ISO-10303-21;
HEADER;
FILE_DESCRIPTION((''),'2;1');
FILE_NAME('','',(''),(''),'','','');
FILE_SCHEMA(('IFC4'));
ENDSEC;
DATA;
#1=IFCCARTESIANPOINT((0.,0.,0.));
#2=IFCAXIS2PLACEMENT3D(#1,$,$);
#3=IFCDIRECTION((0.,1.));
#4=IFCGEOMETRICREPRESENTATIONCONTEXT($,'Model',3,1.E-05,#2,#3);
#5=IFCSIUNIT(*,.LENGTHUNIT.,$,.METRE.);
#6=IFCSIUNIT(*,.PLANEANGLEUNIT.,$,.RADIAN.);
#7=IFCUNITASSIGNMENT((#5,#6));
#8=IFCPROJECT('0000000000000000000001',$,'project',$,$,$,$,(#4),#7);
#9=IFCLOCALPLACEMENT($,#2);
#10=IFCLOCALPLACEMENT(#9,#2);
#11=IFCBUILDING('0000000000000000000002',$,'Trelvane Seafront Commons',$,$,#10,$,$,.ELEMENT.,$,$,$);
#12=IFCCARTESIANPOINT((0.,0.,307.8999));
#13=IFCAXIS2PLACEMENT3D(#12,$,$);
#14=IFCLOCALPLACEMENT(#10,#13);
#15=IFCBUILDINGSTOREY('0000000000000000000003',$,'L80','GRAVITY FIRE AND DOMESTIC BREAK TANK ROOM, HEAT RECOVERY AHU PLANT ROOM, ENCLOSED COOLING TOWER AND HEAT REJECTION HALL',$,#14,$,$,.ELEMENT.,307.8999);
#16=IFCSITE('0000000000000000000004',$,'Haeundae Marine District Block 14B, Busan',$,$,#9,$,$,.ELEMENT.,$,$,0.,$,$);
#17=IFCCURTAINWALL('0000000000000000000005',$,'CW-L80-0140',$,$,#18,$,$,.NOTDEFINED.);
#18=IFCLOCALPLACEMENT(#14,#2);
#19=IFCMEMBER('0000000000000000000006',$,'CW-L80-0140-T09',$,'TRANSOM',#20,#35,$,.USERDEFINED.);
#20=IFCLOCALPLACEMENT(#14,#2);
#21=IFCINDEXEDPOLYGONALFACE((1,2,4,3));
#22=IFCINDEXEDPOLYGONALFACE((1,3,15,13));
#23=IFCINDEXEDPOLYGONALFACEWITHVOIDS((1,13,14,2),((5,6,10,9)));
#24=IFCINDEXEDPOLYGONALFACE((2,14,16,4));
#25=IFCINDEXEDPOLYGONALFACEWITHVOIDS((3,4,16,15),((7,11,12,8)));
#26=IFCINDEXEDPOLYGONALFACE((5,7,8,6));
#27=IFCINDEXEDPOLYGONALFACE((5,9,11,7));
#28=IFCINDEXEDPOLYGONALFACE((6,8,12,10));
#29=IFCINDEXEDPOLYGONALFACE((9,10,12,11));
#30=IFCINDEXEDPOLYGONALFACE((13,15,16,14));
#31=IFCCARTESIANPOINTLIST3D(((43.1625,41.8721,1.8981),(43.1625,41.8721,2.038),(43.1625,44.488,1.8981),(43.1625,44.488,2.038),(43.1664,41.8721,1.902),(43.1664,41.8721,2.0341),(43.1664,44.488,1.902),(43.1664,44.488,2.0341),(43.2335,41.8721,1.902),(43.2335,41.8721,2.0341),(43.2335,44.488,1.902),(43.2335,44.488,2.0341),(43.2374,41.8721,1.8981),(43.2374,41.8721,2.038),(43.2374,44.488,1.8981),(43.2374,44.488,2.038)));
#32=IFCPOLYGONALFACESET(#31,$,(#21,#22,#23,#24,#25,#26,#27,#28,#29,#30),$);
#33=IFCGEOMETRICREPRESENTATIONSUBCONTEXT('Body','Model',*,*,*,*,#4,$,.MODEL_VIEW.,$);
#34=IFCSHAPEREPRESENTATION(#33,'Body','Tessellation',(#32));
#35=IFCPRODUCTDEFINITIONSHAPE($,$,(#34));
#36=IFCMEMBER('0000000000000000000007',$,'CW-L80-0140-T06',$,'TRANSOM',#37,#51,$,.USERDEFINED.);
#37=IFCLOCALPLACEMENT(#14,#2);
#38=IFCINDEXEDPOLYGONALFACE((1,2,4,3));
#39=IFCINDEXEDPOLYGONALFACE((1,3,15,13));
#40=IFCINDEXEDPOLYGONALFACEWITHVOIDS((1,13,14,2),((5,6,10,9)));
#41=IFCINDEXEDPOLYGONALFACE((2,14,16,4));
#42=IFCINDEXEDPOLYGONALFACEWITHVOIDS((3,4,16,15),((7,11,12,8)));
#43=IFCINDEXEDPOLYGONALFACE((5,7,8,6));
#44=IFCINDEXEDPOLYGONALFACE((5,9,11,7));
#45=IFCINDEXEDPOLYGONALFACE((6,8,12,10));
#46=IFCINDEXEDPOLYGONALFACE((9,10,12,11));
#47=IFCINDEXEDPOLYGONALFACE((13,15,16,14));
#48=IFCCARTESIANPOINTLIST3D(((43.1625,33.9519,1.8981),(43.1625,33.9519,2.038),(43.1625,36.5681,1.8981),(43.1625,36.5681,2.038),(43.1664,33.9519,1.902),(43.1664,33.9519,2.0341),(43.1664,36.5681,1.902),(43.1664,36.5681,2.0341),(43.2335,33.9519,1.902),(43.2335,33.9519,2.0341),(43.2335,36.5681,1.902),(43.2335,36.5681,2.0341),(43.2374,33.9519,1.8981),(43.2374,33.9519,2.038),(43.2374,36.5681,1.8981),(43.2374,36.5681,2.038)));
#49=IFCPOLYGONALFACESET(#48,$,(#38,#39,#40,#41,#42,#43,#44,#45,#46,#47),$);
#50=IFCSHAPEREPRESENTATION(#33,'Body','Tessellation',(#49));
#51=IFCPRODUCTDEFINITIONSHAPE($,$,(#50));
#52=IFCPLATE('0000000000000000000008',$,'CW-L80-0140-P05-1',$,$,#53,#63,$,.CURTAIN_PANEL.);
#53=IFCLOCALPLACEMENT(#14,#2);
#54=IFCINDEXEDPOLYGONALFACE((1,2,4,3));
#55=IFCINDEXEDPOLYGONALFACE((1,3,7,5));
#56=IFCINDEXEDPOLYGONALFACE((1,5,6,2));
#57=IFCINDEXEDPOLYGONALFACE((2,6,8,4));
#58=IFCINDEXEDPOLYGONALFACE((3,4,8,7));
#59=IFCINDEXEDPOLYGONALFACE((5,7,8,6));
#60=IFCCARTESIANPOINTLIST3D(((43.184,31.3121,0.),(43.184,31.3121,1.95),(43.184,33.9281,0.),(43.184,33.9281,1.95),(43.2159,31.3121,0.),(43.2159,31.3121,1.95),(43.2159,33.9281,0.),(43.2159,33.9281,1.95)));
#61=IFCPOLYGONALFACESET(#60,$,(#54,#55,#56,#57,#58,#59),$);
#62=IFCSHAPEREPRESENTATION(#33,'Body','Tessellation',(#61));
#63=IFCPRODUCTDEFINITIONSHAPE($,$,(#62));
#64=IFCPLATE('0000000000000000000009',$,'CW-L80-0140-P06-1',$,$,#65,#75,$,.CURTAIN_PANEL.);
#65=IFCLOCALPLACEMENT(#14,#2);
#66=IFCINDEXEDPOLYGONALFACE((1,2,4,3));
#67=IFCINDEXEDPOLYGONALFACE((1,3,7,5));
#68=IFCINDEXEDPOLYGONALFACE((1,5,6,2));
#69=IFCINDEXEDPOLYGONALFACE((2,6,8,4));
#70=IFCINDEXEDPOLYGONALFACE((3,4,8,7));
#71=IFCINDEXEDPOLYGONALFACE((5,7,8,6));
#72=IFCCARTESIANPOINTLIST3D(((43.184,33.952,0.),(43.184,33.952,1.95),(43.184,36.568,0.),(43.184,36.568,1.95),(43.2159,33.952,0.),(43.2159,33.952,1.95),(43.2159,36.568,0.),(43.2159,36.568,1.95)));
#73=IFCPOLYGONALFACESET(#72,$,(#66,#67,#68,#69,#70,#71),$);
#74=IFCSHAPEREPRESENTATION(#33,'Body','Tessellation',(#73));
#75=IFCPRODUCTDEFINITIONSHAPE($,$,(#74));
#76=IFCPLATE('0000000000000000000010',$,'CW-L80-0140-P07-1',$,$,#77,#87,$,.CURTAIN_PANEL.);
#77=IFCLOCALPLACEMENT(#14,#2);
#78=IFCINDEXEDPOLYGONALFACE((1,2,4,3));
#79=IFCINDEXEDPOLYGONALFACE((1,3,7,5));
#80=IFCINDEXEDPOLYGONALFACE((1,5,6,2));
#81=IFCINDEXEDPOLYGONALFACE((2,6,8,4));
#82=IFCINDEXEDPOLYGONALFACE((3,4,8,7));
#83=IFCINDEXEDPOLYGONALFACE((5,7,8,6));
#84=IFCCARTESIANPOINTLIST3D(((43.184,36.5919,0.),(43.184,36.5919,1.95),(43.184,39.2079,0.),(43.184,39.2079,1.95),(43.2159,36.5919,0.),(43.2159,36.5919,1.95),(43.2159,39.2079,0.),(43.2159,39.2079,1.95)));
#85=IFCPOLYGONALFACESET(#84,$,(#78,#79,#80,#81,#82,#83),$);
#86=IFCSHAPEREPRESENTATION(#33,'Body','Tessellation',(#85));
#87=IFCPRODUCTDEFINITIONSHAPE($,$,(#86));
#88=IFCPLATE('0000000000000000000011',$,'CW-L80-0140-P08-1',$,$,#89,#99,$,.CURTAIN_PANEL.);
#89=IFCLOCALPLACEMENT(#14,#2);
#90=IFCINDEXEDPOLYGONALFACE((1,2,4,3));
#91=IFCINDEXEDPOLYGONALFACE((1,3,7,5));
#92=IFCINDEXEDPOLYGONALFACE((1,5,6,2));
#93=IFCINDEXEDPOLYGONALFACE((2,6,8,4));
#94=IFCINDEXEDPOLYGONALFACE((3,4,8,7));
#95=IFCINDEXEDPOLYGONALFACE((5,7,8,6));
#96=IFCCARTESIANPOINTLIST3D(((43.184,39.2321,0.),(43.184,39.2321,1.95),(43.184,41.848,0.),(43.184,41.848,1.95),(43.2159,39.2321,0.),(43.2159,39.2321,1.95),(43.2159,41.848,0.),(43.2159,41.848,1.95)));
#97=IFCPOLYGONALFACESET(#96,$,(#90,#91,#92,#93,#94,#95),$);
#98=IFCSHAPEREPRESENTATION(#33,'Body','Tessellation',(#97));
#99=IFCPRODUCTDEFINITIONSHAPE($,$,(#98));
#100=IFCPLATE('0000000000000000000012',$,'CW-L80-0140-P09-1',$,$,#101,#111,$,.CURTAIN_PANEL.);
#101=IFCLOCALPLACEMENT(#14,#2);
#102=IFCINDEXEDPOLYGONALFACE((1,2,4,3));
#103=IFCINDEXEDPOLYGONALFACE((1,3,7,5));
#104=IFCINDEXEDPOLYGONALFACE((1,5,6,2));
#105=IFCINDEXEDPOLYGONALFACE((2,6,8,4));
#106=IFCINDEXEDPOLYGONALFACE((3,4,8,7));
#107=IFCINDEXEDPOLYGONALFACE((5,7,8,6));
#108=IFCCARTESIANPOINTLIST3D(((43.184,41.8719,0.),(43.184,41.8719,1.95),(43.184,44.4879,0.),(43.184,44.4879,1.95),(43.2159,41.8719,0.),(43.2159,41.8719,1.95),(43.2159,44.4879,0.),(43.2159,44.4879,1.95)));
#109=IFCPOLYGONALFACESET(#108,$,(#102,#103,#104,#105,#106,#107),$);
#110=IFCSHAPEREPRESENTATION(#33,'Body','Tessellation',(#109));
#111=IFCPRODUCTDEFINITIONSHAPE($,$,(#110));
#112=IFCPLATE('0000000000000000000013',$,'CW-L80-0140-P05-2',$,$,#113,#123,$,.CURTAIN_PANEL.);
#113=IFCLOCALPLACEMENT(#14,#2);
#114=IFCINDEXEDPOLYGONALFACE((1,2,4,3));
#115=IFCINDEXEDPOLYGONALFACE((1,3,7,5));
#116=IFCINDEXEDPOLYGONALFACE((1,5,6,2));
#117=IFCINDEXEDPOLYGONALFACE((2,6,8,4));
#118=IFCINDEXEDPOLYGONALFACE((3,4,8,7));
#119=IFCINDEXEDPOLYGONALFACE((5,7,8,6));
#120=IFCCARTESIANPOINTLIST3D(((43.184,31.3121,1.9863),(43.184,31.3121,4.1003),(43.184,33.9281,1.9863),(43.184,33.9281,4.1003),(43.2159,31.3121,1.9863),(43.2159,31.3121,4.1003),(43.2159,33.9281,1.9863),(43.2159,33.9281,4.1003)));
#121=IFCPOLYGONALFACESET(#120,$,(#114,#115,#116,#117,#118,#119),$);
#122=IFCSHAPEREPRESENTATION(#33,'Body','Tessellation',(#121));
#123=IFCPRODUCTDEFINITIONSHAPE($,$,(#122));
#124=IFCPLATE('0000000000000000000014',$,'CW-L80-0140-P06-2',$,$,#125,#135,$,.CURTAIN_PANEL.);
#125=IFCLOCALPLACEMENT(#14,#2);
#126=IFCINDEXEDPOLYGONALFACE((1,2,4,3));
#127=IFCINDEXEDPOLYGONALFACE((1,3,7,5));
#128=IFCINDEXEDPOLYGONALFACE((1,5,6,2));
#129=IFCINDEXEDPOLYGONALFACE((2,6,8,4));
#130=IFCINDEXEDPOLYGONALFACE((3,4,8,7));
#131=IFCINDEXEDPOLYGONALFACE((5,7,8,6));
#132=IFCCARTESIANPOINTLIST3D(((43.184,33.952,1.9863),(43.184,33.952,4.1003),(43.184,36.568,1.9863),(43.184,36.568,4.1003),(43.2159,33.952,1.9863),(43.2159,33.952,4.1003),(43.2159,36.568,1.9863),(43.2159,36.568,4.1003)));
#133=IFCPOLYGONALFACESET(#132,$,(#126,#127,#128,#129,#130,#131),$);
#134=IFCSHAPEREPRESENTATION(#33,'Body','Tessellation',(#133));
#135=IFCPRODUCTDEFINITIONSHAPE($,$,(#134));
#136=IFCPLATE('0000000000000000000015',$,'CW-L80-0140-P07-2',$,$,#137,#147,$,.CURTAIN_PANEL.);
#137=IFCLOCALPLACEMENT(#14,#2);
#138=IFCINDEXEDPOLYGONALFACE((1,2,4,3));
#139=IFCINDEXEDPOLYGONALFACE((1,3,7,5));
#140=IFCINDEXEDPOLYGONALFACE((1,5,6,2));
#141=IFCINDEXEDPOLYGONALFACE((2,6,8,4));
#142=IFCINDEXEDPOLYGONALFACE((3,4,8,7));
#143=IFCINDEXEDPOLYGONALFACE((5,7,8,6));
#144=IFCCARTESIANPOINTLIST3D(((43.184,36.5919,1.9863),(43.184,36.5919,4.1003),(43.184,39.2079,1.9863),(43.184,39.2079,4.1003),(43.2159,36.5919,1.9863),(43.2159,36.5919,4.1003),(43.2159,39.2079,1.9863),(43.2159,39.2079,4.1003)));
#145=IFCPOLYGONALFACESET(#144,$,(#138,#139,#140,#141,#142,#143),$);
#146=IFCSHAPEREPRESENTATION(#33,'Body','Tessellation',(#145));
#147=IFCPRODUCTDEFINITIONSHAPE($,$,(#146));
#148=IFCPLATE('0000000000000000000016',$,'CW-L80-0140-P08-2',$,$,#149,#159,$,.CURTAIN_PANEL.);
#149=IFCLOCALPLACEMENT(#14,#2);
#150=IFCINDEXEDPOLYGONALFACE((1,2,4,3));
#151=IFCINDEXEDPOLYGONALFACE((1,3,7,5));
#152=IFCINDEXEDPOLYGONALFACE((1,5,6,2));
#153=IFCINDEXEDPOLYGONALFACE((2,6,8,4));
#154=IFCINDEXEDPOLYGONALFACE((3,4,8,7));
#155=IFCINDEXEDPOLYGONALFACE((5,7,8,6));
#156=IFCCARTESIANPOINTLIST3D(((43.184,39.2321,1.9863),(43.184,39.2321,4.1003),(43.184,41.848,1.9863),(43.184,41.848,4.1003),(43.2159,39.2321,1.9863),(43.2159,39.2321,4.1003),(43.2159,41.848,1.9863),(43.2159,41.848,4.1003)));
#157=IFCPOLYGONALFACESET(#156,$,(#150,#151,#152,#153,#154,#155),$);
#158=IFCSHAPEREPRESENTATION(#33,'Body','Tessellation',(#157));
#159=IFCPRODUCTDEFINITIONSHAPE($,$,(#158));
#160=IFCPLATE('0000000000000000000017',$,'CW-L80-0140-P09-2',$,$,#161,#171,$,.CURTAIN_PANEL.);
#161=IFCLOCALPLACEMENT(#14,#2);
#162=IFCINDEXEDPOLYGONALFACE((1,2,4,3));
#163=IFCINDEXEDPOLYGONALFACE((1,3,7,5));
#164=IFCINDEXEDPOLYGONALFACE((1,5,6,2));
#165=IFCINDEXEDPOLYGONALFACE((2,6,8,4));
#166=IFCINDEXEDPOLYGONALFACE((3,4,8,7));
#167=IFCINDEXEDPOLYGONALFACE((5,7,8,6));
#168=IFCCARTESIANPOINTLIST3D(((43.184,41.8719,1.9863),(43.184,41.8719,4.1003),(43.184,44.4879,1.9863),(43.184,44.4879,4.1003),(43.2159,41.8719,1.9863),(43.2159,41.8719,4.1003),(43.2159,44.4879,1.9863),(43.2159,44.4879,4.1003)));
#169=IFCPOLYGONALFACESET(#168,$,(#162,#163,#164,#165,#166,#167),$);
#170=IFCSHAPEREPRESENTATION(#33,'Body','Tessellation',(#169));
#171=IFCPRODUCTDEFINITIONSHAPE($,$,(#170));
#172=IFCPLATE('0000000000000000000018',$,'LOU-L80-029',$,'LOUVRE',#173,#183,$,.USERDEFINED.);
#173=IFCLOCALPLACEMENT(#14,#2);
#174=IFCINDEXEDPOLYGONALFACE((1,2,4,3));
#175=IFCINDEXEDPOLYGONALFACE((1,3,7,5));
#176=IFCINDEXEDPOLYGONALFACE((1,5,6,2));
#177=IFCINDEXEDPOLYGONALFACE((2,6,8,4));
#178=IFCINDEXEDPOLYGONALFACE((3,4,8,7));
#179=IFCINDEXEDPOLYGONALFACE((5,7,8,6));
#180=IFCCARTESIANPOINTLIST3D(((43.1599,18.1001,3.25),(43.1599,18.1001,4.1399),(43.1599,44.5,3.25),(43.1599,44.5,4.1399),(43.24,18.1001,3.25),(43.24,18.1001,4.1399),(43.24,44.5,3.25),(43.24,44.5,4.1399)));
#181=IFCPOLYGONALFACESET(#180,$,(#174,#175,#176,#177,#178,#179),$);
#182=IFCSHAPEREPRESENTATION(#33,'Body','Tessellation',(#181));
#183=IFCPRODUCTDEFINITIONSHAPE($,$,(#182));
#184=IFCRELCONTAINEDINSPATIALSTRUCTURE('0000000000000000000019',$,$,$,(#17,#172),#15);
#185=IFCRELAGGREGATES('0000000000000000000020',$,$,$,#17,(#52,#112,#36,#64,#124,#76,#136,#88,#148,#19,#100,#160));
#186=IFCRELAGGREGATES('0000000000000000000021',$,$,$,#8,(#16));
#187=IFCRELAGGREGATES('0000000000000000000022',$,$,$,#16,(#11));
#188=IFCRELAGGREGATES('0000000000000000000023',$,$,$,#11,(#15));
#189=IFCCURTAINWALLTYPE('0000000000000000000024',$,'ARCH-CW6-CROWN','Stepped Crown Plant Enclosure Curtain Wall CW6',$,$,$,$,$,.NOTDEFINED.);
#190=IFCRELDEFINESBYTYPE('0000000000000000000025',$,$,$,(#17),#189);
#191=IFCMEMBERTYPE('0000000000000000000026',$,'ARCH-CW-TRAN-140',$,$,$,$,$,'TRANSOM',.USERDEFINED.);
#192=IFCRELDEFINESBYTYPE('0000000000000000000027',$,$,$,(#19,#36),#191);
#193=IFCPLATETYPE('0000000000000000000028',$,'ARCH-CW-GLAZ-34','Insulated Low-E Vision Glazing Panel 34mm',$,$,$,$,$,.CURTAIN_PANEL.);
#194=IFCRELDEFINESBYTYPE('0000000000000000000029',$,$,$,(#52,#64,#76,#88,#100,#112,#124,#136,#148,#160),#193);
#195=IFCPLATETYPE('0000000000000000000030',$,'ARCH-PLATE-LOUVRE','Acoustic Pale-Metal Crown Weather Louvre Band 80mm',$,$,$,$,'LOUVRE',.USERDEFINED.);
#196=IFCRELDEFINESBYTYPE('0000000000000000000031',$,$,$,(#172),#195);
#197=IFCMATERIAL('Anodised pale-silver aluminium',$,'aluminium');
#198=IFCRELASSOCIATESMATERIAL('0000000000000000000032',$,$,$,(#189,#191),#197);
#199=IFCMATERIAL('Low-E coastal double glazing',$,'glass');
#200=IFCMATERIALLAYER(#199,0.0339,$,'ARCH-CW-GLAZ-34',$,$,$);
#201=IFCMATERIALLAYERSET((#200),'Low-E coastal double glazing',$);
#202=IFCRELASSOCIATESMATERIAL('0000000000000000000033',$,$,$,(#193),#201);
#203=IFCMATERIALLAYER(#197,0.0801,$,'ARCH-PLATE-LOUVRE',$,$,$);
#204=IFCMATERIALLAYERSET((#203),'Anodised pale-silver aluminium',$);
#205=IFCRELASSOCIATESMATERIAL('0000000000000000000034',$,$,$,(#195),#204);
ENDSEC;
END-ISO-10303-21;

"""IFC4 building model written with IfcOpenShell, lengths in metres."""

from ifc_helpers import new_model, si_unit, direction, frame, origin, origin_2d, place, context, subcontext, project, spatial, rectangle, hollow_rectangle, extrude, source, transform, mapped, material, layer, layer_set, material_profile, profile_set, type_object, element, aggregate, save


model = new_model("IFC4")

# Units and contexts
model_context = context("Model", 3, precision=1e-05, world=origin(), true_north=direction((0.0, 1.0)))
body_context = subcontext(model_context, "Body", "Model", "MODEL_VIEW")
ifc_project = project(units=[si_unit("LENGTHUNIT", "METRE"), si_unit("PLANEANGLEUNIT", "RADIAN")], contexts=[model_context])

# Site, building, storey
site_placement = place(None, origin())
site = spatial("IfcSite", under=ifc_project, at=site_placement, Name="Haeundae Marine District Block 14B, Busan", CompositionType="ELEMENT", RefElevation=0.0)
building_placement = place(site_placement, origin())
building = spatial("IfcBuilding", under=site, at=building_placement, Name="Trelvane Seafront Commons", CompositionType="ELEMENT")
storey_placement = place(building_placement, frame((0.0, 0.0, 307.8999)))
storey = spatial("IfcBuildingStorey", under=building, at=storey_placement, Name="L80", Description="GRAVITY FIRE AND DOMESTIC BREAK TANK ROOM, HEAT RECOVERY AHU PLANT ROOM, ENCLOSED COOLING TOWER AND HEAT REJECTION HALL", CompositionType="ELEMENT", Elevation=307.8999)

# Curtain wall, members, plates
ifc_material_1 = material(Name="Anodised pale-silver aluminium", Category="aluminium")
curtain_wall_type = type_object("IfcCurtainWallType", Name="ARCH-CW6-CROWN", Description="Stepped Crown Plant Enclosure Curtain Wall CW6", PredefinedType="NOTDEFINED", material=ifc_material_1)
curtain_wall_placement = place(storey_placement, origin())
curtain_wall = element("IfcCurtainWall", 1, at=curtain_wall_placement, inside=storey, type_object=curtain_wall_type, Name="CW-L80-0140", PredefinedType="NOTDEFINED")
ifc_material_profile_1 = material_profile(ifc_material_1, hollow_rectangle(XDim=0.075, YDim=0.1399, WallThickness=0.0039, at=origin_2d()), Name="TRAN-75x140x4")
ifc_profile_set_1 = profile_set([ifc_material_profile_1], Name="Anodised pale-silver aluminium")
member_type_1 = type_object("IfcMemberType", Name="ARCH-CW-TRAN-140", ElementType="TRANSOM", PredefinedType="USERDEFINED", material=ifc_profile_set_1)
shared_shape_1 = source(origin(), body_context, "Body", "SweptSolid", [
    extrude(hollow_rectangle(XDim=0.075, YDim=0.1399, WallThickness=0.0039, at=origin_2d()), origin(), (0.0, 0.0, 1.0), 2.616),
])
member_1_placement = place(storey_placement, frame((43.2, 41.8721, 1.968), z_axis=(0.0, 1.0, 0.0), x_axis=(-1.0, 0.0, 0.0)))
member_1 = element("IfcMember", 2, at=member_1_placement, type_object=member_type_1, Name="CW-L80-0140-T09", ObjectType="TRANSOM", PredefinedType="USERDEFINED", context=body_context, shape_type="MappedRepresentation", body=[
    mapped(shared_shape_1, transform((0.0, 0.0, 0.0), x_axis=(1.0, 0.0, 0.0), y_axis=(0.0, 1.0, 0.0), z_axis=(0.0, 0.0, 1.0), scale=1.0)),
])
shared_shape_2 = source(origin(), body_context, "Body", "SweptSolid", [
    extrude(hollow_rectangle(XDim=0.075, YDim=0.1399, WallThickness=0.0039, at=origin_2d()), origin(), (0.0, 0.0, 1.0), 2.6162),
])
member_2_placement = place(storey_placement, frame((43.2, 33.9519, 1.968), z_axis=(0.0, 1.0, 0.0), x_axis=(-1.0, 0.0, 0.0)))
member_2 = element("IfcMember", 3, at=member_2_placement, type_object=member_type_1, Name="CW-L80-0140-T06", ObjectType="TRANSOM", PredefinedType="USERDEFINED", context=body_context, shape_type="MappedRepresentation", body=[
    mapped(shared_shape_2, transform((0.0, 0.0, 0.0), x_axis=(1.0, 0.0, 0.0), y_axis=(0.0, 1.0, 0.0), z_axis=(0.0, 0.0, 1.0), scale=1.0)),
])
ifc_material_2 = material(Name="Low-E coastal double glazing", Category="glass")
ifc_layer_1 = layer(ifc_material_2, 0.0339, Name="ARCH-CW-GLAZ-34")
ifc_layer_set_1 = layer_set([ifc_layer_1], Name="Low-E coastal double glazing")
plate_type_1 = type_object("IfcPlateType", Name="ARCH-CW-GLAZ-34", Description="Insulated Low-E Vision Glazing Panel 34mm", PredefinedType="CURTAIN_PANEL", material=ifc_layer_set_1)
shared_shape_3 = source(origin(), body_context, "Body", "SweptSolid", [
    extrude(rectangle(XDim=2.616, YDim=0.032, at=origin_2d()), origin(), (0.0, 0.0, 1.0), 1.95),
])
plate_1_placement = place(storey_placement, frame((43.2, 32.6201, 0.0), z_axis=(0.0, 0.0, 1.0), x_axis=(0.0, 1.0, 0.0)))
plate_1 = element("IfcPlate", 4, at=plate_1_placement, type_object=plate_type_1, Name="CW-L80-0140-P05-1", PredefinedType="CURTAIN_PANEL", context=body_context, shape_type="MappedRepresentation", body=[
    mapped(shared_shape_3, transform((0.0, 0.0, 0.0), x_axis=(1.0, 0.0, 0.0), y_axis=(0.0, 1.0, 0.0), z_axis=(0.0, 0.0, 1.0), scale=1.0)),
])
plate_2_placement = place(storey_placement, frame((43.2, 35.26, 0.0), z_axis=(0.0, 0.0, 1.0), x_axis=(0.0, 1.0, 0.0)))
plate_2 = element("IfcPlate", 5, at=plate_2_placement, type_object=plate_type_1, Name="CW-L80-0140-P06-1", PredefinedType="CURTAIN_PANEL", context=body_context, shape_type="MappedRepresentation", body=[
    mapped(shared_shape_3, transform((0.0, 0.0, 0.0), x_axis=(1.0, 0.0, 0.0), y_axis=(0.0, 1.0, 0.0), z_axis=(0.0, 0.0, 1.0), scale=1.0)),
])
plate_3_placement = place(storey_placement, frame((43.2, 37.8999, 0.0), z_axis=(0.0, 0.0, 1.0), x_axis=(0.0, 1.0, 0.0)))
plate_3 = element("IfcPlate", 6, at=plate_3_placement, type_object=plate_type_1, Name="CW-L80-0140-P07-1", PredefinedType="CURTAIN_PANEL", context=body_context, shape_type="MappedRepresentation", body=[
    mapped(shared_shape_3, transform((0.0, 0.0, 0.0), x_axis=(1.0, 0.0, 0.0), y_axis=(0.0, 1.0, 0.0), z_axis=(0.0, 0.0, 1.0), scale=1.0)),
])
plate_4_placement = place(storey_placement, frame((43.2, 40.54, 0.0), z_axis=(0.0, 0.0, 1.0), x_axis=(0.0, 1.0, 0.0)))
plate_4 = element("IfcPlate", 7, at=plate_4_placement, type_object=plate_type_1, Name="CW-L80-0140-P08-1", PredefinedType="CURTAIN_PANEL", context=body_context, shape_type="MappedRepresentation", body=[
    mapped(shared_shape_3, transform((0.0, 0.0, 0.0), x_axis=(1.0, 0.0, 0.0), y_axis=(0.0, 1.0, 0.0), z_axis=(0.0, 0.0, 1.0), scale=1.0)),
])
plate_5_placement = place(storey_placement, frame((43.2, 43.1799, 0.0), z_axis=(0.0, 0.0, 1.0), x_axis=(0.0, 1.0, 0.0)))
plate_5 = element("IfcPlate", 8, at=plate_5_placement, type_object=plate_type_1, Name="CW-L80-0140-P09-1", PredefinedType="CURTAIN_PANEL", context=body_context, shape_type="MappedRepresentation", body=[
    mapped(shared_shape_3, transform((0.0, 0.0, 0.0), x_axis=(1.0, 0.0, 0.0), y_axis=(0.0, 1.0, 0.0), z_axis=(0.0, 0.0, 1.0), scale=1.0)),
])
shared_shape_4 = source(origin(), body_context, "Body", "SweptSolid", [
    extrude(rectangle(XDim=2.616, YDim=0.032, at=origin_2d()), origin(), (0.0, 0.0, 1.0), 2.114),
])
plate_6_placement = place(storey_placement, frame((43.2, 32.6201, 1.9863), z_axis=(0.0, 0.0, 1.0), x_axis=(0.0, 1.0, 0.0)))
plate_6 = element("IfcPlate", 9, at=plate_6_placement, type_object=plate_type_1, Name="CW-L80-0140-P05-2", PredefinedType="CURTAIN_PANEL", context=body_context, shape_type="MappedRepresentation", body=[
    mapped(shared_shape_4, transform((0.0, 0.0, 0.0), x_axis=(1.0, 0.0, 0.0), y_axis=(0.0, 1.0, 0.0), z_axis=(0.0, 0.0, 1.0), scale=1.0)),
])
plate_7_placement = place(storey_placement, frame((43.2, 35.26, 1.9863), z_axis=(0.0, 0.0, 1.0), x_axis=(0.0, 1.0, 0.0)))
plate_7 = element("IfcPlate", 10, at=plate_7_placement, type_object=plate_type_1, Name="CW-L80-0140-P06-2", PredefinedType="CURTAIN_PANEL", context=body_context, shape_type="MappedRepresentation", body=[
    mapped(shared_shape_4, transform((0.0, 0.0, 0.0), x_axis=(1.0, 0.0, 0.0), y_axis=(0.0, 1.0, 0.0), z_axis=(0.0, 0.0, 1.0), scale=1.0)),
])
plate_8_placement = place(storey_placement, frame((43.2, 37.8999, 1.9863), z_axis=(0.0, 0.0, 1.0), x_axis=(0.0, 1.0, 0.0)))
plate_8 = element("IfcPlate", 11, at=plate_8_placement, type_object=plate_type_1, Name="CW-L80-0140-P07-2", PredefinedType="CURTAIN_PANEL", context=body_context, shape_type="MappedRepresentation", body=[
    mapped(shared_shape_4, transform((0.0, 0.0, 0.0), x_axis=(1.0, 0.0, 0.0), y_axis=(0.0, 1.0, 0.0), z_axis=(0.0, 0.0, 1.0), scale=1.0)),
])
plate_9_placement = place(storey_placement, frame((43.2, 40.54, 1.9863), z_axis=(0.0, 0.0, 1.0), x_axis=(0.0, 1.0, 0.0)))
plate_9 = element("IfcPlate", 12, at=plate_9_placement, type_object=plate_type_1, Name="CW-L80-0140-P08-2", PredefinedType="CURTAIN_PANEL", context=body_context, shape_type="MappedRepresentation", body=[
    mapped(shared_shape_4, transform((0.0, 0.0, 0.0), x_axis=(1.0, 0.0, 0.0), y_axis=(0.0, 1.0, 0.0), z_axis=(0.0, 0.0, 1.0), scale=1.0)),
])
plate_10_placement = place(storey_placement, frame((43.2, 43.1799, 1.9863), z_axis=(0.0, 0.0, 1.0), x_axis=(0.0, 1.0, 0.0)))
plate_10 = element("IfcPlate", 13, at=plate_10_placement, type_object=plate_type_1, Name="CW-L80-0140-P09-2", PredefinedType="CURTAIN_PANEL", context=body_context, shape_type="MappedRepresentation", body=[
    mapped(shared_shape_4, transform((0.0, 0.0, 0.0), x_axis=(1.0, 0.0, 0.0), y_axis=(0.0, 1.0, 0.0), z_axis=(0.0, 0.0, 1.0), scale=1.0)),
])
aggregate(curtain_wall, [plate_1, plate_6, member_2, plate_2, plate_7, plate_3, plate_8, plate_4, plate_9, member_1, plate_5, plate_10])

# Plate
ifc_layer_2 = layer(ifc_material_1, 0.0801, Name="ARCH-PLATE-LOUVRE")
ifc_layer_set_2 = layer_set([ifc_layer_2], Name="Anodised pale-silver aluminium")
plate_type_2 = type_object("IfcPlateType", Name="ARCH-PLATE-LOUVRE", Description="Acoustic Pale-Metal Crown Weather Louvre Band 80mm", ElementType="LOUVRE", PredefinedType="USERDEFINED", material=ifc_layer_set_2)
shared_shape_5 = source(origin(), body_context, "Body", "SweptSolid", [
    extrude(rectangle(XDim=26.3999, YDim=0.0801, at=origin_2d()), origin(), (0.0, 0.0, 1.0), 0.8899),
])
plate_11_placement = place(storey_placement, frame((43.2, 31.3, 3.25), z_axis=(0.0, 0.0, 1.0), x_axis=(0.0, 1.0, 0.0)))
element("IfcPlate", 14, at=plate_11_placement, inside=storey, type_object=plate_type_2, Name="LOU-L80-029", ObjectType="LOUVRE", PredefinedType="USERDEFINED", context=body_context, shape_type="MappedRepresentation", body=[
    mapped(shared_shape_5, transform((0.0, 0.0, 0.0), x_axis=(1.0, 0.0, 0.0), y_axis=(0.0, 1.0, 0.0), z_axis=(0.0, 0.0, 1.0), scale=1.0)),
])

save(model, "model.ifc")
